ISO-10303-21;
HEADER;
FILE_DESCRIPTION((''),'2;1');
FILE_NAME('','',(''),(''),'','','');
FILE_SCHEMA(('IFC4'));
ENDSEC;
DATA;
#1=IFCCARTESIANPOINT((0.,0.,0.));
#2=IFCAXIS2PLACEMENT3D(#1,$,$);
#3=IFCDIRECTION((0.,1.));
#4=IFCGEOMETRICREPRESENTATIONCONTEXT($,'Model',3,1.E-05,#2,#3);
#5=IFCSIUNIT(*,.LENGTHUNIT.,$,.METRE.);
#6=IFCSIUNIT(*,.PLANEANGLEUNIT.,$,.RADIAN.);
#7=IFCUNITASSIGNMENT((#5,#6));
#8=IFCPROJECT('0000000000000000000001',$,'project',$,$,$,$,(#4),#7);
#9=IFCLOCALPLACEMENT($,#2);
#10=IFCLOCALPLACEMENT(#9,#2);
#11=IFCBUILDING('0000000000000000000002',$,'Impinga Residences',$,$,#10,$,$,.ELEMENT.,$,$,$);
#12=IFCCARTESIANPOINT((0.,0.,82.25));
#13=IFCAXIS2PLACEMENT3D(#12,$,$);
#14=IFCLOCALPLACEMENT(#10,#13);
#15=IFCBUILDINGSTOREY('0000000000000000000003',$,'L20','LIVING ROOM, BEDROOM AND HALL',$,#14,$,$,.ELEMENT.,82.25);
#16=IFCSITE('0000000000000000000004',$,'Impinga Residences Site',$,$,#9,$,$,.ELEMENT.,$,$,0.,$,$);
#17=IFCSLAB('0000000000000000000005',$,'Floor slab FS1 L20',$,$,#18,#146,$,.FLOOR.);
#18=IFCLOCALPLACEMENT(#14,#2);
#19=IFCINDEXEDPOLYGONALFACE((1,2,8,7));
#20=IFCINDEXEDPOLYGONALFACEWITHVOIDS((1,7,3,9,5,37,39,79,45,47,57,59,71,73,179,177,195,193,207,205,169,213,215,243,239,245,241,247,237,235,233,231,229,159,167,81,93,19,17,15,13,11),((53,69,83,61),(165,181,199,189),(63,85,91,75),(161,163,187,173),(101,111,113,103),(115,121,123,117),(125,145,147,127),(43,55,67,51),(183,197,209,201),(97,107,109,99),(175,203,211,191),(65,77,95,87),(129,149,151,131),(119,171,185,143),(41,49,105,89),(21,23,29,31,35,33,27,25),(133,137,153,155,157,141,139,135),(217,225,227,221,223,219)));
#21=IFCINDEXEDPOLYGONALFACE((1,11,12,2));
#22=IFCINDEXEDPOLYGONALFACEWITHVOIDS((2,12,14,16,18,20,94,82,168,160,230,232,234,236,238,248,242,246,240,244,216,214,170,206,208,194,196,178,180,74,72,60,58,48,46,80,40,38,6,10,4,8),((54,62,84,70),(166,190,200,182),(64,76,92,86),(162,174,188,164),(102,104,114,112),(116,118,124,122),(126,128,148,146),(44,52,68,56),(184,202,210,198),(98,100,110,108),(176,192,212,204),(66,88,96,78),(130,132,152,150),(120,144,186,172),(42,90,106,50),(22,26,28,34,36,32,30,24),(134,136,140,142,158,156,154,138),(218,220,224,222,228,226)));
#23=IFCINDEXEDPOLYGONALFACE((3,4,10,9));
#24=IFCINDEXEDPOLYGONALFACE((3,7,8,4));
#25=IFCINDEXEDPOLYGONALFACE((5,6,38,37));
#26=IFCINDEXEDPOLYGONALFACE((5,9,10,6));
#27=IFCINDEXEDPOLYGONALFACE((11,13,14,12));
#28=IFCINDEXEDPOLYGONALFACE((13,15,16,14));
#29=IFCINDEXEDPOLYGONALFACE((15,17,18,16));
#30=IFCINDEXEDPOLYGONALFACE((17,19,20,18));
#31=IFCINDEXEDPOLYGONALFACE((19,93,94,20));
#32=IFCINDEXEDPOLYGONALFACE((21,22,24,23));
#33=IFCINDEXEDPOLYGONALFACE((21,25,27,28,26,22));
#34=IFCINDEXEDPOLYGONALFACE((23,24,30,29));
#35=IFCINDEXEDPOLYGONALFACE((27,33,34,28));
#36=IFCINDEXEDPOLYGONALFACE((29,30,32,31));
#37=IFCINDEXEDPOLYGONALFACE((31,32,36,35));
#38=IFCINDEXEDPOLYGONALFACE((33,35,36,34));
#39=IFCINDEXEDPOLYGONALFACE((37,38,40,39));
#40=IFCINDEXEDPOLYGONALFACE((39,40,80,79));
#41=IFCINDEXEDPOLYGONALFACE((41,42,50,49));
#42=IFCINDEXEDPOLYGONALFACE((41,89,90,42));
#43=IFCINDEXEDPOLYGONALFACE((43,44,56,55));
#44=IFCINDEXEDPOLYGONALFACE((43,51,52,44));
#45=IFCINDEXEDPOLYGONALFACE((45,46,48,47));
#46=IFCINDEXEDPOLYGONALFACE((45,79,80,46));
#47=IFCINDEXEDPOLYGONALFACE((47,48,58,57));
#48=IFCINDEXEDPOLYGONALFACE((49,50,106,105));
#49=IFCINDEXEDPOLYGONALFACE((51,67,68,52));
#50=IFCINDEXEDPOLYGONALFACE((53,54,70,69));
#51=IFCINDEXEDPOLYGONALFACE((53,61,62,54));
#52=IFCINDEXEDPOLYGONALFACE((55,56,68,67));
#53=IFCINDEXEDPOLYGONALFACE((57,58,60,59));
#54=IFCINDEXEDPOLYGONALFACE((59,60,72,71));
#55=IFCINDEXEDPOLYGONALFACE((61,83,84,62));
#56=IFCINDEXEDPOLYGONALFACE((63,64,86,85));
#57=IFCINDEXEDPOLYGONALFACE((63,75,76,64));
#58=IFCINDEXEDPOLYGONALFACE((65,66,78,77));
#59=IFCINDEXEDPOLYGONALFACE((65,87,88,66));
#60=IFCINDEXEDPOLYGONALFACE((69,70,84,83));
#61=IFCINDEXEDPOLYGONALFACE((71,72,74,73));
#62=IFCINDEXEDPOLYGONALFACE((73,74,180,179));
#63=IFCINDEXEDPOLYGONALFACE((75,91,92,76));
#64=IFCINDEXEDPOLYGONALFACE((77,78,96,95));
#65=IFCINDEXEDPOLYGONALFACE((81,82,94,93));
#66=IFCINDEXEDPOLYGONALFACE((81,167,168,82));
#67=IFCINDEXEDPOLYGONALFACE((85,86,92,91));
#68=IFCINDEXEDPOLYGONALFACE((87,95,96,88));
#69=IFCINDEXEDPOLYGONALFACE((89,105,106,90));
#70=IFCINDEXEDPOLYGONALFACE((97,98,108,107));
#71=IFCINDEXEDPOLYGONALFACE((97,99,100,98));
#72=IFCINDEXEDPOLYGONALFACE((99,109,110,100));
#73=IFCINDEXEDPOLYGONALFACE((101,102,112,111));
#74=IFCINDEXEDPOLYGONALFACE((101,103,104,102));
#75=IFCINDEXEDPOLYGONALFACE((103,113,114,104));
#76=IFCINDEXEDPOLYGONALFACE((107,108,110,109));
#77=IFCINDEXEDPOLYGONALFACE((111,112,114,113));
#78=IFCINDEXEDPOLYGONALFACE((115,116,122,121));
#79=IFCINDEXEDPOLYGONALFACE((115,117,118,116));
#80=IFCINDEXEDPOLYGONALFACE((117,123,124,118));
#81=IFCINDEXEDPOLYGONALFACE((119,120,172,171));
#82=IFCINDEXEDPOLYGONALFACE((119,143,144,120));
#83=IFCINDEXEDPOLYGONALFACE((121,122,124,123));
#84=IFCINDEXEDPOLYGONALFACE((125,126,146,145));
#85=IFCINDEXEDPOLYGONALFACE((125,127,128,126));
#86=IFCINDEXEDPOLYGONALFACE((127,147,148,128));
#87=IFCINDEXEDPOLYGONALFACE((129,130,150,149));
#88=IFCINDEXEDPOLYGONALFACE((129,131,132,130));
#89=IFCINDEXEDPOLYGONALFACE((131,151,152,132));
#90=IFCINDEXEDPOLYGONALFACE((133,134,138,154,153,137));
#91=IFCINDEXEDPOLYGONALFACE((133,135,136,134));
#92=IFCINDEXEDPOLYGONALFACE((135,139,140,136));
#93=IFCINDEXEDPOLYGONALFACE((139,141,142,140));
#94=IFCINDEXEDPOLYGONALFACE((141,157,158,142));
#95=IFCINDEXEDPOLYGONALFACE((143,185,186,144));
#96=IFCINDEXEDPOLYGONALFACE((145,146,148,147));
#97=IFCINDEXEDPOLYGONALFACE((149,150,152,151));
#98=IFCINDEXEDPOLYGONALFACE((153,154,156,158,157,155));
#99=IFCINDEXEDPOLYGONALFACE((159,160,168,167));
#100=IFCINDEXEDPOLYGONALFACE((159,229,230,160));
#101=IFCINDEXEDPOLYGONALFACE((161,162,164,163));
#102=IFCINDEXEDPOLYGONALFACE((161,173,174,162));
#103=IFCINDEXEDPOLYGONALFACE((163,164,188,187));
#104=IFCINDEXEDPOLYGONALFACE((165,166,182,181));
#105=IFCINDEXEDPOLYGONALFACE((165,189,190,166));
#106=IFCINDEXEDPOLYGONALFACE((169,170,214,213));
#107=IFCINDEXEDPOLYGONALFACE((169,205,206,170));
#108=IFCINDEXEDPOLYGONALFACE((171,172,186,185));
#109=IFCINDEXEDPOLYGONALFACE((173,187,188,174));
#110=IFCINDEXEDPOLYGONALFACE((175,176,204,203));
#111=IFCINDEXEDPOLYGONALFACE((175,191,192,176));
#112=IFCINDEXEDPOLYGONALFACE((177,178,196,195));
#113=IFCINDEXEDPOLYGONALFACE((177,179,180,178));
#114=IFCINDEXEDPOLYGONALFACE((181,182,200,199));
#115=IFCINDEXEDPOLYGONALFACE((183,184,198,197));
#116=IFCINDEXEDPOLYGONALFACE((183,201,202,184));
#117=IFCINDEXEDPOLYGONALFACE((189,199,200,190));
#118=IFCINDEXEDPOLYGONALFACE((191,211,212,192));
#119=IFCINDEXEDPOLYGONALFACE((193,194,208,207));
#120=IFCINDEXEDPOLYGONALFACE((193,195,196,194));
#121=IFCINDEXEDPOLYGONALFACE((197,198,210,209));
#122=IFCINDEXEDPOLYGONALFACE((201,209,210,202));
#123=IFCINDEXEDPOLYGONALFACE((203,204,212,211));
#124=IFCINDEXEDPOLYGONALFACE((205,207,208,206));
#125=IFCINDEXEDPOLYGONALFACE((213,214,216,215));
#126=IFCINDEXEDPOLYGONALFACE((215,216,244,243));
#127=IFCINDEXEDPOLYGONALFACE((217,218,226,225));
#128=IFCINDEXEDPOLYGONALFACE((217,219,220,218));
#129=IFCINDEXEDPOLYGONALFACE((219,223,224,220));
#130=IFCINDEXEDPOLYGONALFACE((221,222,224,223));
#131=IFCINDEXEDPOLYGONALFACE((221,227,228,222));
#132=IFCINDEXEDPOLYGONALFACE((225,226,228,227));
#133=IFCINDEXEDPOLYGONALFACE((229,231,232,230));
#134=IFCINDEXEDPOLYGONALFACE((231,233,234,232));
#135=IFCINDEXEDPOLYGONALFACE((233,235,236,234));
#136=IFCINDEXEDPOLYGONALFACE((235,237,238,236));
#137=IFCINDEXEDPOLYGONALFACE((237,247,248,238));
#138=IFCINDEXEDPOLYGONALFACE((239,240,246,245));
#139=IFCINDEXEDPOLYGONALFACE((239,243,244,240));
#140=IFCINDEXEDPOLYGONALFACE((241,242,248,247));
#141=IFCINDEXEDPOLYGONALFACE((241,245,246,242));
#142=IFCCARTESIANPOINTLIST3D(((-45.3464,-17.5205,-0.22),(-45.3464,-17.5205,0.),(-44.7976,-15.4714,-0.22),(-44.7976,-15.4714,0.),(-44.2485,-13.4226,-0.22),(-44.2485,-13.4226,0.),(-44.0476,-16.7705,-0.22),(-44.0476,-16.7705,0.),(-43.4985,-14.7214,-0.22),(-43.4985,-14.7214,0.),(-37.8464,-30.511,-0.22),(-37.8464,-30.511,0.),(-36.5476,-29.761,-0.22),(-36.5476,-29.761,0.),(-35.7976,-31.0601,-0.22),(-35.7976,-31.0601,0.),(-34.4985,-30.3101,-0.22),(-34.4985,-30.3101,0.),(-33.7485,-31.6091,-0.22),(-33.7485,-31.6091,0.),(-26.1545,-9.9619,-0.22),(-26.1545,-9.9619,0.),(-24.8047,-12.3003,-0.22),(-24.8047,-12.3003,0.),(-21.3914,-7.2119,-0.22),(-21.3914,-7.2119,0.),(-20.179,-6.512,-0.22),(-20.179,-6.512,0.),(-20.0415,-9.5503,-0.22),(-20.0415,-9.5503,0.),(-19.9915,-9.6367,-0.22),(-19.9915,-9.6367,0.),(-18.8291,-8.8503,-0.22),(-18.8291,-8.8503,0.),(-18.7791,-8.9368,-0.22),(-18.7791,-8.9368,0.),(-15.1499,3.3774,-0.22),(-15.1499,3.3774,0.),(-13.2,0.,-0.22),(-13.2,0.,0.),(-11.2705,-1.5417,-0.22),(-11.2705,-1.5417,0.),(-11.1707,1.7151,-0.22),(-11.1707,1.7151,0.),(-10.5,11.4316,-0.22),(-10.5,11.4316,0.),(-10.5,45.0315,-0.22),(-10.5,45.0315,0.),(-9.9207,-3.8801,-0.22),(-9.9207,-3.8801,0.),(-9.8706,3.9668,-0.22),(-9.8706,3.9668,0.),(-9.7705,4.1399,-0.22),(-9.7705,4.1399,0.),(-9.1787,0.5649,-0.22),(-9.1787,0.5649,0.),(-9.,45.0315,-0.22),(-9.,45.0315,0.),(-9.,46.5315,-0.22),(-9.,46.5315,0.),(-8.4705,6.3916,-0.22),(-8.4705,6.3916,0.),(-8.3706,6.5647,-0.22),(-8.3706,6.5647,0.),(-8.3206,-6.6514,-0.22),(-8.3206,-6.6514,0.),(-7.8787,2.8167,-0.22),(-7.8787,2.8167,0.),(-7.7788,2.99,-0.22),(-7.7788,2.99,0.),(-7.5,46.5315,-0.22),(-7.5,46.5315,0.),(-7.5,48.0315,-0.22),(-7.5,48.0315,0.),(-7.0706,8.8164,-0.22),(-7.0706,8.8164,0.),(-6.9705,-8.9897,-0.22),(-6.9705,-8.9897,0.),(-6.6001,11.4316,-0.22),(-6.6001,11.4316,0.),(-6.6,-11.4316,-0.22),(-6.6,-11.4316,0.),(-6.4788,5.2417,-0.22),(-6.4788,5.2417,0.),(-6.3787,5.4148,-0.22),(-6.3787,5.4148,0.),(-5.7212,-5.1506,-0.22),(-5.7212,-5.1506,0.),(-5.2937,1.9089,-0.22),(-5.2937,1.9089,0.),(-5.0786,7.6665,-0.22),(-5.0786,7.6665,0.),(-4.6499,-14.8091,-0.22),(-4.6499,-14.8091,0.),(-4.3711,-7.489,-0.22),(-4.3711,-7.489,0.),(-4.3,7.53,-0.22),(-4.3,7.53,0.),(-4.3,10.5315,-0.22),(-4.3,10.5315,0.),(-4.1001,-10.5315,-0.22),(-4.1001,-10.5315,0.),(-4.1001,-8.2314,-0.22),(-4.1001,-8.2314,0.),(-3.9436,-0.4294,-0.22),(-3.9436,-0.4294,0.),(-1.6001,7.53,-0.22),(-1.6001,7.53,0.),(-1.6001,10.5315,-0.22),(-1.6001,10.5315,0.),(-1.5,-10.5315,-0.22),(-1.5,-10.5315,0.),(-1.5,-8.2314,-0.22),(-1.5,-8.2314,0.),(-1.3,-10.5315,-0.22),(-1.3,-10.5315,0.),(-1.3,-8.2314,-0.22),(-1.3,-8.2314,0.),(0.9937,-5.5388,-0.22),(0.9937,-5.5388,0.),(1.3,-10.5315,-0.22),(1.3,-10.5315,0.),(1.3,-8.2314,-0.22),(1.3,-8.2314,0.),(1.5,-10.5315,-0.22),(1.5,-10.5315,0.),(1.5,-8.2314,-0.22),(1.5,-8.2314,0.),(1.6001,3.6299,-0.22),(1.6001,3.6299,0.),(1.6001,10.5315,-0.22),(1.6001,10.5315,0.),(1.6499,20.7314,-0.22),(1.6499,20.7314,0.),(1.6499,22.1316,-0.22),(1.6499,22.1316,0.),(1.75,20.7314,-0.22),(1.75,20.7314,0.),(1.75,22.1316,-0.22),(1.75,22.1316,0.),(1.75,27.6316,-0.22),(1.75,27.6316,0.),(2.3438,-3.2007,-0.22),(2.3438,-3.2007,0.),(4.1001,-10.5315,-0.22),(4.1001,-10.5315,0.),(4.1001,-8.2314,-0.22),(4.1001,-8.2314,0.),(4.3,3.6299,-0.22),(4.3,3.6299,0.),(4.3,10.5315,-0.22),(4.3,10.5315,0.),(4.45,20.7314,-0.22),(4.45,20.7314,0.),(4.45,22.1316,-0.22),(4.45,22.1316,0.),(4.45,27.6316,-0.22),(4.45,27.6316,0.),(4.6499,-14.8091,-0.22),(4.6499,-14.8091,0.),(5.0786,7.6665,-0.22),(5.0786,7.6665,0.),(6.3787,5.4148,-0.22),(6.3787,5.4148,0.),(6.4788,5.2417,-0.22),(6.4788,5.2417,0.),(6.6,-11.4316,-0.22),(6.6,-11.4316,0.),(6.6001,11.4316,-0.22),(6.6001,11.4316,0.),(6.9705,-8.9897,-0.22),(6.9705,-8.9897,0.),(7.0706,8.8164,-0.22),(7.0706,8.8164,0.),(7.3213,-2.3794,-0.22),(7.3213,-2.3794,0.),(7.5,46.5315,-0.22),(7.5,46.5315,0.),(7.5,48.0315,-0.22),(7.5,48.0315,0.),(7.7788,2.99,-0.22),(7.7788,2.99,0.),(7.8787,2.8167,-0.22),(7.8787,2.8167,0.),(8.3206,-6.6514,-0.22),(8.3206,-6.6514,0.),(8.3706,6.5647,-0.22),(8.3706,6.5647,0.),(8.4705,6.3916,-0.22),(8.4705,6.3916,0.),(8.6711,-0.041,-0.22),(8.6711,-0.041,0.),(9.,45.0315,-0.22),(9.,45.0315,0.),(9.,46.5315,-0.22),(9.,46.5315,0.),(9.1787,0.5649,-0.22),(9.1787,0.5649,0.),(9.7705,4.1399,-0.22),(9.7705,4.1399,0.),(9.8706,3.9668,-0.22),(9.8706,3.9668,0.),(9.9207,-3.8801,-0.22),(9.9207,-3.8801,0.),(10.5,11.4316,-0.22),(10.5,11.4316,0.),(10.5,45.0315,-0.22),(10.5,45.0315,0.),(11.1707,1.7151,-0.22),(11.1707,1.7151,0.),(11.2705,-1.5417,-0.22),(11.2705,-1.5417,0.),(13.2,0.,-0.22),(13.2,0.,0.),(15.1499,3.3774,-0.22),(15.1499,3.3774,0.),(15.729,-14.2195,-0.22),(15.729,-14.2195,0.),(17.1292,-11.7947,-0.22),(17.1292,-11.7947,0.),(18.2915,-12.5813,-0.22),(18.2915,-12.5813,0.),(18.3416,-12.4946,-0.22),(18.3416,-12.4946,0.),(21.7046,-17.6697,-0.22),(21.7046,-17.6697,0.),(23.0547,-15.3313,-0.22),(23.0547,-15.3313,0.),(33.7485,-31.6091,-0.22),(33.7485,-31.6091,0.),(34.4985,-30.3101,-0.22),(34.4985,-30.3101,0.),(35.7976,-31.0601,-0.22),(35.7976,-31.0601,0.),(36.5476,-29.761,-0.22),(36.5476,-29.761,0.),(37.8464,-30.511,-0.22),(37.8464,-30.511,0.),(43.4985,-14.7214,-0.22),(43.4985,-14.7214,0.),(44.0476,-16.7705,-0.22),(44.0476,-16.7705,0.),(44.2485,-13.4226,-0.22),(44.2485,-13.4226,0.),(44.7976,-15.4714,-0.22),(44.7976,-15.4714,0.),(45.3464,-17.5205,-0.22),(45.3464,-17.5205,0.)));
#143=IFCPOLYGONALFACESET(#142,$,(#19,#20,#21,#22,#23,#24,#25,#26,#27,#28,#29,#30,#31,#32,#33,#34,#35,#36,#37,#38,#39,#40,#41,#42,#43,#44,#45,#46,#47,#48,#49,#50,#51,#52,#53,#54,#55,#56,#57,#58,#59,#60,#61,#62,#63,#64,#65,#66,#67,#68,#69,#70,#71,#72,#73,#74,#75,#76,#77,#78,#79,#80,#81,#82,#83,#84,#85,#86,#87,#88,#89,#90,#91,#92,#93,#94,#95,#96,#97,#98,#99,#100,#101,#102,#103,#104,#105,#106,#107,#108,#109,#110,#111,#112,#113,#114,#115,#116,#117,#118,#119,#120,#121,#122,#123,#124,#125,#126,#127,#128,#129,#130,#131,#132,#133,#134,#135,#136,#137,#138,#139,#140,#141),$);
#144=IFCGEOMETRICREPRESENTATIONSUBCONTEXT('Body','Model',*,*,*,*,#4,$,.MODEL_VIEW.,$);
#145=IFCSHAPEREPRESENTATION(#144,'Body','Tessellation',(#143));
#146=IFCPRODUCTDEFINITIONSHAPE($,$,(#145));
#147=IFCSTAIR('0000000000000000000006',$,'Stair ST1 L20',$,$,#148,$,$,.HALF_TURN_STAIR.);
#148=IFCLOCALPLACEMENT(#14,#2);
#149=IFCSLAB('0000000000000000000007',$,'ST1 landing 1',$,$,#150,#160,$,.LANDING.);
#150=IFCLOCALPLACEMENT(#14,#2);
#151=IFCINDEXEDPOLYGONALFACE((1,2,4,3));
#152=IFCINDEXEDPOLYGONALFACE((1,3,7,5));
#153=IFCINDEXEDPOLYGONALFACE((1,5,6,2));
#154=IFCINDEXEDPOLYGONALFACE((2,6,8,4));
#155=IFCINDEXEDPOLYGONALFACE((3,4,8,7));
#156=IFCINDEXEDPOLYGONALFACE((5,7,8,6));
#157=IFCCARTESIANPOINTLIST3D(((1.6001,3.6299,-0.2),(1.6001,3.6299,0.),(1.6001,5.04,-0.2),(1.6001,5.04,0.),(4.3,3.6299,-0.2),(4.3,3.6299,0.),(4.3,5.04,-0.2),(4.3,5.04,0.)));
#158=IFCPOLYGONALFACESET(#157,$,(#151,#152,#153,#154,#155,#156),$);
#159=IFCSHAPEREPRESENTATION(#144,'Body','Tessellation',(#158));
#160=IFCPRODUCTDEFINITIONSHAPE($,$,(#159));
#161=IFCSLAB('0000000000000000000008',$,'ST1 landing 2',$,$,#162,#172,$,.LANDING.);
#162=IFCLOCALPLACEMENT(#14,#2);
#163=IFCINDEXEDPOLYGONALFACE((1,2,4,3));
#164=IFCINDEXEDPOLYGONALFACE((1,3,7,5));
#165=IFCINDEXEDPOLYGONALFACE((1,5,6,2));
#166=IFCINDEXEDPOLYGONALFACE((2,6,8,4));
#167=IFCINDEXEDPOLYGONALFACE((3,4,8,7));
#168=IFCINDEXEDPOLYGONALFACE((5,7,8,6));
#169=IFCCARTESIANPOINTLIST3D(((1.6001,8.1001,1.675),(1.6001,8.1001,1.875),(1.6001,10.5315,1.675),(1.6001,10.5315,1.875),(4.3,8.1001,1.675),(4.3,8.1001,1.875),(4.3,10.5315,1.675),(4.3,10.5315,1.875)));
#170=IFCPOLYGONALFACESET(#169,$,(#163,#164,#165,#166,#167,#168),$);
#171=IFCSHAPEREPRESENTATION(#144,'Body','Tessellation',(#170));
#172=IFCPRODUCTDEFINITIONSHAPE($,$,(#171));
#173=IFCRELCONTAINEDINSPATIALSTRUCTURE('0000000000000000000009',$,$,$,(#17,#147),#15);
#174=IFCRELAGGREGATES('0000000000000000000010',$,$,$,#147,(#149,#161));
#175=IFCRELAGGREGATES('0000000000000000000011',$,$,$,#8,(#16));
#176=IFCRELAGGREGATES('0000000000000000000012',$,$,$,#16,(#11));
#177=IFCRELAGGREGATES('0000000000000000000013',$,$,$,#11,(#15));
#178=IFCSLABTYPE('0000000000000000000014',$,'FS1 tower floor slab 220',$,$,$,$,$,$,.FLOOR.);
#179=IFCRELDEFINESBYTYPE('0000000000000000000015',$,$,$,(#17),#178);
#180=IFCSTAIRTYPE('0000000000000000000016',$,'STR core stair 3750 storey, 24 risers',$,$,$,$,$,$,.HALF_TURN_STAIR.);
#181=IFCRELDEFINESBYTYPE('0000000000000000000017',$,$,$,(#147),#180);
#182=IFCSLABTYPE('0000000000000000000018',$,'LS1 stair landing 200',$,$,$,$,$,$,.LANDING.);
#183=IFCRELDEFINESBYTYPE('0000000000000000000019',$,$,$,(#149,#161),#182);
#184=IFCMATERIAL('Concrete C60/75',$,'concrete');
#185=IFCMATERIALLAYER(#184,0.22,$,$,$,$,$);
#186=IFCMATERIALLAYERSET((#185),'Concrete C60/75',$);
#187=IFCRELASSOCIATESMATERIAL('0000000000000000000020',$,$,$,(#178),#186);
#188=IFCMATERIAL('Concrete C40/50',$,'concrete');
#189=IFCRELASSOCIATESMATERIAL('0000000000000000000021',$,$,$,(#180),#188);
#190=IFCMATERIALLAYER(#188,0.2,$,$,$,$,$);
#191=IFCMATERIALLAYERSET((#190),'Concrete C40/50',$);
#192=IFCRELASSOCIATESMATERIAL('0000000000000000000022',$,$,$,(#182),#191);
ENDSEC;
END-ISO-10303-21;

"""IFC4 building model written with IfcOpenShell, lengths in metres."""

from ifc_helpers import new_model, si_unit, direction, frame, origin, place, context, subcontext, project, spatial, polyline, outline, extrude, material, layer, layer_set, type_object, element, aggregate, save


model = new_model("IFC4")

# Units and contexts
model_context = context("Model", 3, precision=1e-05, world=origin(), true_north=direction((0.0, 1.0)))
body_context = subcontext(model_context, "Body", "Model", "MODEL_VIEW")
ifc_project = project(units=[si_unit("LENGTHUNIT", "METRE"), si_unit("PLANEANGLEUNIT", "RADIAN")], contexts=[model_context])

# Site, building, storey
site_placement = place(None, origin())
site = spatial("IfcSite", under=ifc_project, at=site_placement, Name="Impinga Residences Site", CompositionType="ELEMENT", RefElevation=0.0)
building_placement = place(site_placement, origin())
building = spatial("IfcBuilding", under=site, at=building_placement, Name="Impinga Residences", CompositionType="ELEMENT")
storey_placement = place(building_placement, frame((0.0, 0.0, 82.25)))
storey = spatial("IfcBuildingStorey", under=building, at=storey_placement, Name="L20", Description="LIVING ROOM, BEDROOM AND HALL", CompositionType="ELEMENT", Elevation=82.25)

# Slab
ifc_material_1 = material(Name="Concrete C60/75", Category="concrete")
ifc_layer_1 = layer(ifc_material_1, 0.22)
ifc_layer_set_1 = layer_set([ifc_layer_1], Name="Concrete C60/75")
slab_type_1 = type_object("IfcSlabType", Name="FS1 tower floor slab 220", PredefinedType="FLOOR", material=ifc_layer_set_1)
slab_1_placement = place(storey_placement, frame((0.0, 0.0, -0.22)))
element("IfcSlab", 1, at=slab_1_placement, inside=storey, type_object=slab_type_1, Name="Floor slab FS1 L20", PredefinedType="FLOOR", context=body_context, shape_type="SweptSolid", body=[
    extrude(outline(polyline([(-34.4985, -30.3101), (-35.7976, -31.0601), (-36.5476, -29.761), (-37.8464, -30.511), (-45.3464, -17.5205), (-44.0476, -16.7705), (-44.7976, -15.4714), (-43.4985, -14.7214), (-44.2485, -13.4226), (-15.1499, 3.3774), (-13.2, 0.0), (-6.6001, 11.4316), (-10.5, 11.4316), (-10.5, 45.0315), (-9.0, 45.0315), (-9.0, 46.5315), (-7.5, 46.5315), (-7.5, 48.0315), (7.5, 48.0315), (7.5, 46.5315), (9.0, 46.5315), (9.0, 45.0315), (10.5, 45.0315), (10.5, 11.4316), (6.6001, 11.4316), (13.2, 0.0), (15.1499, 3.3774), (44.2485, -13.4226), (43.4985, -14.7214), (44.7976, -15.4714), (44.0476, -16.7705), (45.3464, -17.5205), (37.8464, -30.511), (36.5476, -29.761), (35.7976, -31.0601), (34.4985, -30.3101), (33.7485, -31.6091), (4.6499, -14.8091), (9.9001, -5.7158), (6.6001, -11.4316), (-6.6001, -11.4316), (-9.9001, -5.7158), (-4.6499, -14.8091), (-33.7485, -31.6091), (-34.4985, -30.3101)]), holes=[polyline([(-21.3914, -7.2119), (-26.1545, -9.9619), (-24.8047, -12.3003), (-20.0415, -9.5503), (-19.9915, -9.6367), (-18.7791, -8.9368), (-18.8291, -8.8503), (-18.8291, -8.8503), (-20.179, -6.512), (-21.3914, -7.2119), (-21.3914, -7.2119)]), polyline([(-1.5, -8.2314), (-4.1001, -8.2314), (-4.1001, -10.5315), (-1.5, -10.5315), (-1.5, -8.2314)]), polyline([(1.3, -8.2314), (-1.3, -8.2314), (-1.3, -10.5315), (1.3, -10.5315), (1.3, -8.2314)]), polyline([(1.5, -8.2314), (1.5, -10.5315), (4.1001, -10.5315), (4.1001, -8.2314), (1.5, -8.2314)]), polyline([(-5.7212, -5.1506), (-8.3206, -6.6514), (-6.9705, -8.9897), (-4.3711, -7.489), (-5.7212, -5.1506)]), polyline([(-3.9436, -0.4294), (-5.2937, 1.9089), (-11.2705, -1.5417), (-9.9207, -3.8801), (-3.9436, -0.4294)]), polyline([(-9.1787, 0.5649), (-7.8787, 2.8167), (-9.8706, 3.9668), (-11.1707, 1.7151), (-9.1787, 0.5649)]), polyline([(-6.4788, 5.2417), (-8.4705, 6.3916), (-9.7705, 4.1399), (-7.7788, 2.99), (-6.4788, 5.2417)]), polyline([(-6.3787, 5.4148), (-5.0786, 7.6665), (-7.0706, 8.8164), (-8.3706, 6.5647), (-6.3787, 5.4148)]), polyline([(-4.3, 7.53), (-1.6001, 7.53), (-1.6001, 10.5315), (-4.3, 10.5315), (-4.3, 7.53)]), polyline([(15.729, -14.2195), (21.7046, -17.6697), (23.0547, -15.3313), (18.2915, -12.5813), (18.3416, -12.4946), (17.1292, -11.7947), (15.729, -14.2195)]), polyline([(0.9937, -5.5388), (6.9705, -8.9897), (8.3206, -6.6514), (2.3438, -3.2007), (0.9937, -5.5388)]), polyline([(8.6711, -0.041), (7.3213, -2.3794), (9.9207, -3.8801), (11.2705, -1.5417), (8.6711, -0.041)]), polyline([(7.8787, 2.8167), (9.1787, 0.5649), (11.1707, 1.7151), (9.8706, 3.9668), (7.8787, 2.8167)]), polyline([(7.7788, 2.99), (9.7705, 4.1399), (8.4705, 6.3916), (6.4788, 5.2417), (7.7788, 2.99)]), polyline([(1.6001, 3.6299), (4.3, 3.6299), (4.3, 10.5315), (1.6001, 10.5315), (1.6001, 3.6299)]), polyline([(5.0786, 7.6665), (6.3787, 5.4148), (8.3706, 6.5647), (7.0706, 8.8164), (5.0786, 7.6665)]), polyline([(1.75, 22.1316), (1.6499, 22.1316), (1.6499, 20.7314), (1.75, 20.7314), (4.45, 20.7314), (4.45, 22.1316), (4.45, 27.6316), (1.75, 27.6316), (1.75, 22.1316)])]), origin(), (0.0, 0.0, 1.0), 0.22),
])

# Stair, slabs
ifc_material_2 = material(Name="Concrete C40/50", Category="concrete")
stair_type = type_object("IfcStairType", Name="STR core stair 3750 storey, 24 risers", PredefinedType="HALF_TURN_STAIR", material=ifc_material_2)
stair_1_placement = place(storey_placement, origin())
stair_1 = element("IfcStair", 2, at=stair_1_placement, inside=storey, type_object=stair_type, Name="Stair ST1 L20", PredefinedType="HALF_TURN_STAIR")
ifc_layer_2 = layer(ifc_material_2, 0.2)
ifc_layer_set_2 = layer_set([ifc_layer_2], Name="Concrete C40/50")
slab_type_2 = type_object("IfcSlabType", Name="LS1 stair landing 200", PredefinedType="LANDING", material=ifc_layer_set_2)
slab_2_placement = place(storey_placement, frame((0.0, 0.0, -0.2)))
slab_2 = element("IfcSlab", 3, at=slab_2_placement, type_object=slab_type_2, Name="ST1 landing 1", PredefinedType="LANDING", context=body_context, shape_type="SweptSolid", body=[
    extrude(outline(polyline([(1.6001, 3.6299), (4.3, 3.6299), (4.3, 5.04), (1.6001, 5.04), (1.6001, 3.6299)])), origin(), (0.0, 0.0, 1.0), 0.2),
])
slab_3_placement = place(storey_placement, frame((0.0, 0.0, 1.675)))
slab_3 = element("IfcSlab", 4, at=slab_3_placement, type_object=slab_type_2, Name="ST1 landing 2", PredefinedType="LANDING", context=body_context, shape_type="SweptSolid", body=[
    extrude(outline(polyline([(1.6001, 8.1001), (4.3, 8.1001), (4.3, 10.5315), (1.6001, 10.5315), (1.6001, 8.1001)])), origin(), (0.0, 0.0, 1.0), 0.2),
])
aggregate(stair_1, [slab_2, slab_3])

save(model, "model.ifc")
